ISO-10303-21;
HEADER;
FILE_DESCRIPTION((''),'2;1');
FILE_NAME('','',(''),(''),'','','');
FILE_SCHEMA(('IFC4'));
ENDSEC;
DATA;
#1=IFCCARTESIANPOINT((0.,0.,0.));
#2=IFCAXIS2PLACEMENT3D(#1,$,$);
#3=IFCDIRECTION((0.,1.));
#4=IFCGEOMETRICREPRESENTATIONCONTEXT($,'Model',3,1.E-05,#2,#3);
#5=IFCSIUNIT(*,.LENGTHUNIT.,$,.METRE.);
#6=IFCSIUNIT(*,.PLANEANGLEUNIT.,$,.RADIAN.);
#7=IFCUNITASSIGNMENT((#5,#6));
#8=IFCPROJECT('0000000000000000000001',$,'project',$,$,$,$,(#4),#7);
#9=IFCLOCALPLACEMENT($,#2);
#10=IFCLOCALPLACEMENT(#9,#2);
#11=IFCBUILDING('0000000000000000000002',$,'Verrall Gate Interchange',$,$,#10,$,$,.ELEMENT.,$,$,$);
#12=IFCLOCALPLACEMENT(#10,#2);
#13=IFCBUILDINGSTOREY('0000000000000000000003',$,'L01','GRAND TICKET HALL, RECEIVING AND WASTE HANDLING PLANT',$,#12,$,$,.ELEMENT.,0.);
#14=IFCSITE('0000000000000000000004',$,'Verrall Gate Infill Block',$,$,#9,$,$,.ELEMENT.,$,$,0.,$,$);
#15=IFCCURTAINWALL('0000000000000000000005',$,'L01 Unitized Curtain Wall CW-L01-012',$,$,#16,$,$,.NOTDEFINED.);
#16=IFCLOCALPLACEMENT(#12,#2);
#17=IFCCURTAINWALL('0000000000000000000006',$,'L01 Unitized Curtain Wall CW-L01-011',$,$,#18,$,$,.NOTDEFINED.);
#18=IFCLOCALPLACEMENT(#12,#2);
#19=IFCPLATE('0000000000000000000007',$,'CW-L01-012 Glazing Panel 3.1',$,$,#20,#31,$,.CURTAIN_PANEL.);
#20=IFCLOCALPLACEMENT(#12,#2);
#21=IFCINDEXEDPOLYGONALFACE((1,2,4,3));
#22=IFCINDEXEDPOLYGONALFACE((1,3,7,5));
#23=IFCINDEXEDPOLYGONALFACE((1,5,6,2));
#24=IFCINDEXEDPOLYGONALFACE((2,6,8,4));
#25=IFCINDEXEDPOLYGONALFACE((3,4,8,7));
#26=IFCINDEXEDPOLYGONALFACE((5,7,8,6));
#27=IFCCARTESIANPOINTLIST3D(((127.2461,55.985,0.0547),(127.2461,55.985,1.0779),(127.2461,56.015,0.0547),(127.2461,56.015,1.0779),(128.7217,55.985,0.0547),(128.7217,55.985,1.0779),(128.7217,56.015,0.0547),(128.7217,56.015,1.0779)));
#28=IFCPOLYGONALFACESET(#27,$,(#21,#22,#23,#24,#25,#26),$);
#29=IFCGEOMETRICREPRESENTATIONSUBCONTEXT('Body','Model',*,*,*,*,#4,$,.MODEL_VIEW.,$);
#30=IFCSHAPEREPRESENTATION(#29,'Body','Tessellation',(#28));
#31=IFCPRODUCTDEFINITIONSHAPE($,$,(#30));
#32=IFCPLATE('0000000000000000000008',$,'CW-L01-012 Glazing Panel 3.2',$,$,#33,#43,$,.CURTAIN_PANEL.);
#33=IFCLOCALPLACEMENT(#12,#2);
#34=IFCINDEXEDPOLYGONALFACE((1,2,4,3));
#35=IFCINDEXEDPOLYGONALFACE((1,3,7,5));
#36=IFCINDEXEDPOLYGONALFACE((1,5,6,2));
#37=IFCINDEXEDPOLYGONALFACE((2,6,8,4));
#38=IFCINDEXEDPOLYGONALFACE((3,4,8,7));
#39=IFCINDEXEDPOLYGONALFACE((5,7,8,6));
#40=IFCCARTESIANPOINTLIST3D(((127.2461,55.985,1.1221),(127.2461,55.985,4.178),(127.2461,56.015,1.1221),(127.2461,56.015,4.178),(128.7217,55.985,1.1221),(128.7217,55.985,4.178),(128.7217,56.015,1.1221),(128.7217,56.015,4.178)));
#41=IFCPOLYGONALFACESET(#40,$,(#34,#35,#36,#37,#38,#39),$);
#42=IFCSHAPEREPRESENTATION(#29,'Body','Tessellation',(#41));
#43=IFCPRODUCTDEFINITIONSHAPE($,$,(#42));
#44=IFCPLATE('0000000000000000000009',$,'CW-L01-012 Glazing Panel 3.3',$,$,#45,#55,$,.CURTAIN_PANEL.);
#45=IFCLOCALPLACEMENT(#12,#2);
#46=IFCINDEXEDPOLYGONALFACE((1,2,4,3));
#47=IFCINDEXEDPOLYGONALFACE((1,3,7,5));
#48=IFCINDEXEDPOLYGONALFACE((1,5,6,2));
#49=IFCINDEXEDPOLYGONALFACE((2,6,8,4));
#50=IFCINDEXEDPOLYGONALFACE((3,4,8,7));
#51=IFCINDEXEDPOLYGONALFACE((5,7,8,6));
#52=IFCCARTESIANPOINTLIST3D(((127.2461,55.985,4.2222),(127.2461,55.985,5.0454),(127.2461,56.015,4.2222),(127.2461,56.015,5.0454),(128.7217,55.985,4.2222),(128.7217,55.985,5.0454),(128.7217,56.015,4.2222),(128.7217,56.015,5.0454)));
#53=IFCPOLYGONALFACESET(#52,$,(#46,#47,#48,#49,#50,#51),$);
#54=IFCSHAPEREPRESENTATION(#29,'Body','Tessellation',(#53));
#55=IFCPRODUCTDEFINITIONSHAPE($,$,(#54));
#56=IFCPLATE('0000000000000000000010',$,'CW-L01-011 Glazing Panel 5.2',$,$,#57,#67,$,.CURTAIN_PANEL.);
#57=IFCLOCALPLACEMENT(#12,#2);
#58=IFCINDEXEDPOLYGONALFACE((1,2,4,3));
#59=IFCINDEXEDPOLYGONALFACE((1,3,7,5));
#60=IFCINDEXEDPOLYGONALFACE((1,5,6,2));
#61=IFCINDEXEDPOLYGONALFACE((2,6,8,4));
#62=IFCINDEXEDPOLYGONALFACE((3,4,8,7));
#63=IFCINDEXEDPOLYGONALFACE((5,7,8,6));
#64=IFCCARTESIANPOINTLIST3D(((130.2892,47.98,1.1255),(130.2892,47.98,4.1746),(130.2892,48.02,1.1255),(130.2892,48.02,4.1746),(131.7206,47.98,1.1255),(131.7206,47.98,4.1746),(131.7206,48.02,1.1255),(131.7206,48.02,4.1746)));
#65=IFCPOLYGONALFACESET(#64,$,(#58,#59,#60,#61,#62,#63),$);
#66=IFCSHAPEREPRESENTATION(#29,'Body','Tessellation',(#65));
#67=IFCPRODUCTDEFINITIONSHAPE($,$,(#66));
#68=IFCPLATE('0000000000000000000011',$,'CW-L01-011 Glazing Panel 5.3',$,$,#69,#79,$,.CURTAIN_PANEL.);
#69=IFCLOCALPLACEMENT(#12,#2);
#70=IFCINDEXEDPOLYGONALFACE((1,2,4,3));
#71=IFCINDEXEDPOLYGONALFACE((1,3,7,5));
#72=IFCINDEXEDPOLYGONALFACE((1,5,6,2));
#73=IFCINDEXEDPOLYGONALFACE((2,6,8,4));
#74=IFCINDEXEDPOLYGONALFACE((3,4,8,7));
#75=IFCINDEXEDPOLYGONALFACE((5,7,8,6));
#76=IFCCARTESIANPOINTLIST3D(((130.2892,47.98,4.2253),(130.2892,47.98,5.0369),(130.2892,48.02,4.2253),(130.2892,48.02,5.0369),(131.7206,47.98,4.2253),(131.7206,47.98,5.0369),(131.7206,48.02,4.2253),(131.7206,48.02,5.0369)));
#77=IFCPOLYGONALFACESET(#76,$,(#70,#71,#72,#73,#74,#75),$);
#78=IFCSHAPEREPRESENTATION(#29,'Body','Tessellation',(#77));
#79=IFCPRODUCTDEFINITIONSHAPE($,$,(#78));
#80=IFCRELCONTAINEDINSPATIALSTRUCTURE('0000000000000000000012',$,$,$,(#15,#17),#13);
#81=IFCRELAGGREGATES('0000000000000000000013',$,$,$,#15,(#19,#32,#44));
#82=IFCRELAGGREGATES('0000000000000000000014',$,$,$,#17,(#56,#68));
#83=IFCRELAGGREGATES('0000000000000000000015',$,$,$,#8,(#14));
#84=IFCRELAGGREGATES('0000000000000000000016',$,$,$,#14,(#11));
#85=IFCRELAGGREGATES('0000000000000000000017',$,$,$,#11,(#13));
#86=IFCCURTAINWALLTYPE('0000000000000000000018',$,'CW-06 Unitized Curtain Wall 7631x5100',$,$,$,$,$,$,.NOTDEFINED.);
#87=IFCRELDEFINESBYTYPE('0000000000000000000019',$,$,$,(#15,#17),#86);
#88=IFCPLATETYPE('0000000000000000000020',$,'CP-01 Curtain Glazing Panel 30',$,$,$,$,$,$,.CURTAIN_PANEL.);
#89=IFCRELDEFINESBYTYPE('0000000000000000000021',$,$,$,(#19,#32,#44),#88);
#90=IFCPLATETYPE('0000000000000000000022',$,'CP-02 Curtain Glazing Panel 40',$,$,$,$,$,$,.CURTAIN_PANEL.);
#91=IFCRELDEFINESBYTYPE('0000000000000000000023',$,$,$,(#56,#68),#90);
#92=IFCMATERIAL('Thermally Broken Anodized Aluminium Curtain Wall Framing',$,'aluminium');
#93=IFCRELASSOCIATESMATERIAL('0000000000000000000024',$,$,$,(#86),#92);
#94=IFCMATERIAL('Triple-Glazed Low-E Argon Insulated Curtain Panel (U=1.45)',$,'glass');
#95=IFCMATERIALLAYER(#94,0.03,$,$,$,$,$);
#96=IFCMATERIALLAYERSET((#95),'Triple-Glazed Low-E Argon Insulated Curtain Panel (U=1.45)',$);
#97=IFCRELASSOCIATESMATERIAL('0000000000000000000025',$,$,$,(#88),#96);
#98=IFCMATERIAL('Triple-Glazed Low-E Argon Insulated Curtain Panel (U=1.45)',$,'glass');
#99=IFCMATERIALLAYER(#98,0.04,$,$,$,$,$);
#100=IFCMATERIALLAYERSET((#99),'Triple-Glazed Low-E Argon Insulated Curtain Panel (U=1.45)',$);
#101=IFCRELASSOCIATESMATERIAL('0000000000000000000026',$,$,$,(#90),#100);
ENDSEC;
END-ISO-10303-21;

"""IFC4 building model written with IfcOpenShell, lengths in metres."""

from ifc_helpers import new_model, si_unit, direction, frame, origin, origin_2d, place, context, subcontext, project, spatial, rectangle, extrude, material, layer, layer_set, type_object, element, aggregate, save


model = new_model("IFC4")

# Units and contexts
model_context = context("Model", 3, precision=1e-05, world=origin(), true_north=direction((0.0, 1.0)))
body_context = subcontext(model_context, "Body", "Model", "MODEL_VIEW")
ifc_project = project(units=[si_unit("LENGTHUNIT", "METRE"), si_unit("PLANEANGLEUNIT", "RADIAN")], contexts=[model_context])

# Site, building, storey
site_placement = place(None, origin())
site = spatial("IfcSite", under=ifc_project, at=site_placement, Name="Verrall Gate Infill Block", CompositionType="ELEMENT", RefElevation=0.0)
building_placement = place(site_placement, origin())
building = spatial("IfcBuilding", under=site, at=building_placement, Name="Verrall Gate Interchange", CompositionType="ELEMENT")
storey_placement = place(building_placement, origin())
storey = spatial("IfcBuildingStorey", under=building, at=storey_placement, Name="L01", Description="GRAND TICKET HALL, RECEIVING AND WASTE HANDLING PLANT", CompositionType="ELEMENT", Elevation=0.0)

# Curtain wall
ifc_material_1 = material(Name="Thermally Broken Anodized Aluminium Curtain Wall Framing", Category="aluminium")
curtain_wall_type = type_object("IfcCurtainWallType", Name="CW-06 Unitized Curtain Wall 7631x5100", PredefinedType="NOTDEFINED", material=ifc_material_1)
curtain_wall_1_placement = place(storey_placement, origin())
curtain_wall_1 = element("IfcCurtainWall", 1, at=curtain_wall_1_placement, inside=storey, type_object=curtain_wall_type, Name="L01 Unitized Curtain Wall CW-L01-012", PredefinedType="NOTDEFINED")

# Curtain wall
curtain_wall_2_placement = place(storey_placement, origin())
curtain_wall_2 = element("IfcCurtainWall", 2, at=curtain_wall_2_placement, inside=storey, type_object=curtain_wall_type, Name="L01 Unitized Curtain Wall CW-L01-011", PredefinedType="NOTDEFINED")

# Plates
ifc_material_2 = material(Name="Triple-Glazed Low-E Argon Insulated Curtain Panel (U=1.45)", Category="glass")
ifc_layer_1 = layer(ifc_material_2, 0.03)
ifc_layer_set_1 = layer_set([ifc_layer_1], Name="Triple-Glazed Low-E Argon Insulated Curtain Panel (U=1.45)")
plate_type_1 = type_object("IfcPlateType", Name="CP-01 Curtain Glazing Panel 30", PredefinedType="CURTAIN_PANEL", material=ifc_layer_set_1)
plate_1_placement = place(storey_placement, frame((127.9839, 56.0, 0.0547), z_axis=(0.0, 0.0, 1.0), x_axis=(-1.0, 0.0, 0.0)))
plate_1 = element("IfcPlate", 3, at=plate_1_placement, type_object=plate_type_1, Name="CW-L01-012 Glazing Panel 3.1", PredefinedType="CURTAIN_PANEL", context=body_context, shape_type="SweptSolid", body=[
    extrude(rectangle(XDim=1.4756, YDim=0.03, at=origin_2d()), origin(), (0.0, 0.0, 1.0), 1.0232),
])
plate_2_placement = place(storey_placement, frame((127.9839, 56.0, 1.1221), z_axis=(0.0, 0.0, 1.0), x_axis=(-1.0, 0.0, 0.0)))
plate_2 = element("IfcPlate", 4, at=plate_2_placement, type_object=plate_type_1, Name="CW-L01-012 Glazing Panel 3.2", PredefinedType="CURTAIN_PANEL", context=body_context, shape_type="SweptSolid", body=[
    extrude(rectangle(XDim=1.4756, YDim=0.03, at=origin_2d()), origin(), (0.0, 0.0, 1.0), 3.0559),
])
plate_3_placement = place(storey_placement, frame((127.9839, 56.0, 4.2222), z_axis=(0.0, 0.0, 1.0), x_axis=(-1.0, 0.0, 0.0)))
plate_3 = element("IfcPlate", 5, at=plate_3_placement, type_object=plate_type_1, Name="CW-L01-012 Glazing Panel 3.3", PredefinedType="CURTAIN_PANEL", context=body_context, shape_type="SweptSolid", body=[
    extrude(rectangle(XDim=1.4756, YDim=0.03, at=origin_2d()), origin(), (0.0, 0.0, 1.0), 0.8232),
])
aggregate(curtain_wall_1, [plate_1, plate_2, plate_3])
ifc_material_3 = material(Name="Triple-Glazed Low-E Argon Insulated Curtain Panel (U=1.45)", Category="glass")
ifc_layer_2 = layer(ifc_material_3, 0.04)
ifc_layer_set_2 = layer_set([ifc_layer_2], Name="Triple-Glazed Low-E Argon Insulated Curtain Panel (U=1.45)")
plate_type_2 = type_object("IfcPlateType", Name="CP-02 Curtain Glazing Panel 40", PredefinedType="CURTAIN_PANEL", material=ifc_layer_set_2)
plate_4_placement = place(storey_placement, frame((131.0049, 48.0, 1.1255), z_axis=(0.0, 0.0, 1.0), x_axis=(1.0, 0.0, 0.0)))
plate_4 = element("IfcPlate", 6, at=plate_4_placement, type_object=plate_type_2, Name="CW-L01-011 Glazing Panel 5.2", PredefinedType="CURTAIN_PANEL", context=body_context, shape_type="SweptSolid", body=[
    extrude(rectangle(XDim=1.4314, YDim=0.04, at=origin_2d()), origin(), (0.0, 0.0, 1.0), 3.0491),
])
plate_5_placement = place(storey_placement, frame((131.0049, 48.0, 4.2253), z_axis=(0.0, 0.0, 1.0), x_axis=(1.0, 0.0, 0.0)))
plate_5 = element("IfcPlate", 7, at=plate_5_placement, type_object=plate_type_2, Name="CW-L01-011 Glazing Panel 5.3", PredefinedType="CURTAIN_PANEL", context=body_context, shape_type="SweptSolid", body=[
    extrude(rectangle(XDim=1.4314, YDim=0.04, at=origin_2d()), origin(), (0.0, 0.0, 1.0), 0.8115),
])
aggregate(curtain_wall_2, [plate_4, plate_5])

save(model, "model.ifc")
